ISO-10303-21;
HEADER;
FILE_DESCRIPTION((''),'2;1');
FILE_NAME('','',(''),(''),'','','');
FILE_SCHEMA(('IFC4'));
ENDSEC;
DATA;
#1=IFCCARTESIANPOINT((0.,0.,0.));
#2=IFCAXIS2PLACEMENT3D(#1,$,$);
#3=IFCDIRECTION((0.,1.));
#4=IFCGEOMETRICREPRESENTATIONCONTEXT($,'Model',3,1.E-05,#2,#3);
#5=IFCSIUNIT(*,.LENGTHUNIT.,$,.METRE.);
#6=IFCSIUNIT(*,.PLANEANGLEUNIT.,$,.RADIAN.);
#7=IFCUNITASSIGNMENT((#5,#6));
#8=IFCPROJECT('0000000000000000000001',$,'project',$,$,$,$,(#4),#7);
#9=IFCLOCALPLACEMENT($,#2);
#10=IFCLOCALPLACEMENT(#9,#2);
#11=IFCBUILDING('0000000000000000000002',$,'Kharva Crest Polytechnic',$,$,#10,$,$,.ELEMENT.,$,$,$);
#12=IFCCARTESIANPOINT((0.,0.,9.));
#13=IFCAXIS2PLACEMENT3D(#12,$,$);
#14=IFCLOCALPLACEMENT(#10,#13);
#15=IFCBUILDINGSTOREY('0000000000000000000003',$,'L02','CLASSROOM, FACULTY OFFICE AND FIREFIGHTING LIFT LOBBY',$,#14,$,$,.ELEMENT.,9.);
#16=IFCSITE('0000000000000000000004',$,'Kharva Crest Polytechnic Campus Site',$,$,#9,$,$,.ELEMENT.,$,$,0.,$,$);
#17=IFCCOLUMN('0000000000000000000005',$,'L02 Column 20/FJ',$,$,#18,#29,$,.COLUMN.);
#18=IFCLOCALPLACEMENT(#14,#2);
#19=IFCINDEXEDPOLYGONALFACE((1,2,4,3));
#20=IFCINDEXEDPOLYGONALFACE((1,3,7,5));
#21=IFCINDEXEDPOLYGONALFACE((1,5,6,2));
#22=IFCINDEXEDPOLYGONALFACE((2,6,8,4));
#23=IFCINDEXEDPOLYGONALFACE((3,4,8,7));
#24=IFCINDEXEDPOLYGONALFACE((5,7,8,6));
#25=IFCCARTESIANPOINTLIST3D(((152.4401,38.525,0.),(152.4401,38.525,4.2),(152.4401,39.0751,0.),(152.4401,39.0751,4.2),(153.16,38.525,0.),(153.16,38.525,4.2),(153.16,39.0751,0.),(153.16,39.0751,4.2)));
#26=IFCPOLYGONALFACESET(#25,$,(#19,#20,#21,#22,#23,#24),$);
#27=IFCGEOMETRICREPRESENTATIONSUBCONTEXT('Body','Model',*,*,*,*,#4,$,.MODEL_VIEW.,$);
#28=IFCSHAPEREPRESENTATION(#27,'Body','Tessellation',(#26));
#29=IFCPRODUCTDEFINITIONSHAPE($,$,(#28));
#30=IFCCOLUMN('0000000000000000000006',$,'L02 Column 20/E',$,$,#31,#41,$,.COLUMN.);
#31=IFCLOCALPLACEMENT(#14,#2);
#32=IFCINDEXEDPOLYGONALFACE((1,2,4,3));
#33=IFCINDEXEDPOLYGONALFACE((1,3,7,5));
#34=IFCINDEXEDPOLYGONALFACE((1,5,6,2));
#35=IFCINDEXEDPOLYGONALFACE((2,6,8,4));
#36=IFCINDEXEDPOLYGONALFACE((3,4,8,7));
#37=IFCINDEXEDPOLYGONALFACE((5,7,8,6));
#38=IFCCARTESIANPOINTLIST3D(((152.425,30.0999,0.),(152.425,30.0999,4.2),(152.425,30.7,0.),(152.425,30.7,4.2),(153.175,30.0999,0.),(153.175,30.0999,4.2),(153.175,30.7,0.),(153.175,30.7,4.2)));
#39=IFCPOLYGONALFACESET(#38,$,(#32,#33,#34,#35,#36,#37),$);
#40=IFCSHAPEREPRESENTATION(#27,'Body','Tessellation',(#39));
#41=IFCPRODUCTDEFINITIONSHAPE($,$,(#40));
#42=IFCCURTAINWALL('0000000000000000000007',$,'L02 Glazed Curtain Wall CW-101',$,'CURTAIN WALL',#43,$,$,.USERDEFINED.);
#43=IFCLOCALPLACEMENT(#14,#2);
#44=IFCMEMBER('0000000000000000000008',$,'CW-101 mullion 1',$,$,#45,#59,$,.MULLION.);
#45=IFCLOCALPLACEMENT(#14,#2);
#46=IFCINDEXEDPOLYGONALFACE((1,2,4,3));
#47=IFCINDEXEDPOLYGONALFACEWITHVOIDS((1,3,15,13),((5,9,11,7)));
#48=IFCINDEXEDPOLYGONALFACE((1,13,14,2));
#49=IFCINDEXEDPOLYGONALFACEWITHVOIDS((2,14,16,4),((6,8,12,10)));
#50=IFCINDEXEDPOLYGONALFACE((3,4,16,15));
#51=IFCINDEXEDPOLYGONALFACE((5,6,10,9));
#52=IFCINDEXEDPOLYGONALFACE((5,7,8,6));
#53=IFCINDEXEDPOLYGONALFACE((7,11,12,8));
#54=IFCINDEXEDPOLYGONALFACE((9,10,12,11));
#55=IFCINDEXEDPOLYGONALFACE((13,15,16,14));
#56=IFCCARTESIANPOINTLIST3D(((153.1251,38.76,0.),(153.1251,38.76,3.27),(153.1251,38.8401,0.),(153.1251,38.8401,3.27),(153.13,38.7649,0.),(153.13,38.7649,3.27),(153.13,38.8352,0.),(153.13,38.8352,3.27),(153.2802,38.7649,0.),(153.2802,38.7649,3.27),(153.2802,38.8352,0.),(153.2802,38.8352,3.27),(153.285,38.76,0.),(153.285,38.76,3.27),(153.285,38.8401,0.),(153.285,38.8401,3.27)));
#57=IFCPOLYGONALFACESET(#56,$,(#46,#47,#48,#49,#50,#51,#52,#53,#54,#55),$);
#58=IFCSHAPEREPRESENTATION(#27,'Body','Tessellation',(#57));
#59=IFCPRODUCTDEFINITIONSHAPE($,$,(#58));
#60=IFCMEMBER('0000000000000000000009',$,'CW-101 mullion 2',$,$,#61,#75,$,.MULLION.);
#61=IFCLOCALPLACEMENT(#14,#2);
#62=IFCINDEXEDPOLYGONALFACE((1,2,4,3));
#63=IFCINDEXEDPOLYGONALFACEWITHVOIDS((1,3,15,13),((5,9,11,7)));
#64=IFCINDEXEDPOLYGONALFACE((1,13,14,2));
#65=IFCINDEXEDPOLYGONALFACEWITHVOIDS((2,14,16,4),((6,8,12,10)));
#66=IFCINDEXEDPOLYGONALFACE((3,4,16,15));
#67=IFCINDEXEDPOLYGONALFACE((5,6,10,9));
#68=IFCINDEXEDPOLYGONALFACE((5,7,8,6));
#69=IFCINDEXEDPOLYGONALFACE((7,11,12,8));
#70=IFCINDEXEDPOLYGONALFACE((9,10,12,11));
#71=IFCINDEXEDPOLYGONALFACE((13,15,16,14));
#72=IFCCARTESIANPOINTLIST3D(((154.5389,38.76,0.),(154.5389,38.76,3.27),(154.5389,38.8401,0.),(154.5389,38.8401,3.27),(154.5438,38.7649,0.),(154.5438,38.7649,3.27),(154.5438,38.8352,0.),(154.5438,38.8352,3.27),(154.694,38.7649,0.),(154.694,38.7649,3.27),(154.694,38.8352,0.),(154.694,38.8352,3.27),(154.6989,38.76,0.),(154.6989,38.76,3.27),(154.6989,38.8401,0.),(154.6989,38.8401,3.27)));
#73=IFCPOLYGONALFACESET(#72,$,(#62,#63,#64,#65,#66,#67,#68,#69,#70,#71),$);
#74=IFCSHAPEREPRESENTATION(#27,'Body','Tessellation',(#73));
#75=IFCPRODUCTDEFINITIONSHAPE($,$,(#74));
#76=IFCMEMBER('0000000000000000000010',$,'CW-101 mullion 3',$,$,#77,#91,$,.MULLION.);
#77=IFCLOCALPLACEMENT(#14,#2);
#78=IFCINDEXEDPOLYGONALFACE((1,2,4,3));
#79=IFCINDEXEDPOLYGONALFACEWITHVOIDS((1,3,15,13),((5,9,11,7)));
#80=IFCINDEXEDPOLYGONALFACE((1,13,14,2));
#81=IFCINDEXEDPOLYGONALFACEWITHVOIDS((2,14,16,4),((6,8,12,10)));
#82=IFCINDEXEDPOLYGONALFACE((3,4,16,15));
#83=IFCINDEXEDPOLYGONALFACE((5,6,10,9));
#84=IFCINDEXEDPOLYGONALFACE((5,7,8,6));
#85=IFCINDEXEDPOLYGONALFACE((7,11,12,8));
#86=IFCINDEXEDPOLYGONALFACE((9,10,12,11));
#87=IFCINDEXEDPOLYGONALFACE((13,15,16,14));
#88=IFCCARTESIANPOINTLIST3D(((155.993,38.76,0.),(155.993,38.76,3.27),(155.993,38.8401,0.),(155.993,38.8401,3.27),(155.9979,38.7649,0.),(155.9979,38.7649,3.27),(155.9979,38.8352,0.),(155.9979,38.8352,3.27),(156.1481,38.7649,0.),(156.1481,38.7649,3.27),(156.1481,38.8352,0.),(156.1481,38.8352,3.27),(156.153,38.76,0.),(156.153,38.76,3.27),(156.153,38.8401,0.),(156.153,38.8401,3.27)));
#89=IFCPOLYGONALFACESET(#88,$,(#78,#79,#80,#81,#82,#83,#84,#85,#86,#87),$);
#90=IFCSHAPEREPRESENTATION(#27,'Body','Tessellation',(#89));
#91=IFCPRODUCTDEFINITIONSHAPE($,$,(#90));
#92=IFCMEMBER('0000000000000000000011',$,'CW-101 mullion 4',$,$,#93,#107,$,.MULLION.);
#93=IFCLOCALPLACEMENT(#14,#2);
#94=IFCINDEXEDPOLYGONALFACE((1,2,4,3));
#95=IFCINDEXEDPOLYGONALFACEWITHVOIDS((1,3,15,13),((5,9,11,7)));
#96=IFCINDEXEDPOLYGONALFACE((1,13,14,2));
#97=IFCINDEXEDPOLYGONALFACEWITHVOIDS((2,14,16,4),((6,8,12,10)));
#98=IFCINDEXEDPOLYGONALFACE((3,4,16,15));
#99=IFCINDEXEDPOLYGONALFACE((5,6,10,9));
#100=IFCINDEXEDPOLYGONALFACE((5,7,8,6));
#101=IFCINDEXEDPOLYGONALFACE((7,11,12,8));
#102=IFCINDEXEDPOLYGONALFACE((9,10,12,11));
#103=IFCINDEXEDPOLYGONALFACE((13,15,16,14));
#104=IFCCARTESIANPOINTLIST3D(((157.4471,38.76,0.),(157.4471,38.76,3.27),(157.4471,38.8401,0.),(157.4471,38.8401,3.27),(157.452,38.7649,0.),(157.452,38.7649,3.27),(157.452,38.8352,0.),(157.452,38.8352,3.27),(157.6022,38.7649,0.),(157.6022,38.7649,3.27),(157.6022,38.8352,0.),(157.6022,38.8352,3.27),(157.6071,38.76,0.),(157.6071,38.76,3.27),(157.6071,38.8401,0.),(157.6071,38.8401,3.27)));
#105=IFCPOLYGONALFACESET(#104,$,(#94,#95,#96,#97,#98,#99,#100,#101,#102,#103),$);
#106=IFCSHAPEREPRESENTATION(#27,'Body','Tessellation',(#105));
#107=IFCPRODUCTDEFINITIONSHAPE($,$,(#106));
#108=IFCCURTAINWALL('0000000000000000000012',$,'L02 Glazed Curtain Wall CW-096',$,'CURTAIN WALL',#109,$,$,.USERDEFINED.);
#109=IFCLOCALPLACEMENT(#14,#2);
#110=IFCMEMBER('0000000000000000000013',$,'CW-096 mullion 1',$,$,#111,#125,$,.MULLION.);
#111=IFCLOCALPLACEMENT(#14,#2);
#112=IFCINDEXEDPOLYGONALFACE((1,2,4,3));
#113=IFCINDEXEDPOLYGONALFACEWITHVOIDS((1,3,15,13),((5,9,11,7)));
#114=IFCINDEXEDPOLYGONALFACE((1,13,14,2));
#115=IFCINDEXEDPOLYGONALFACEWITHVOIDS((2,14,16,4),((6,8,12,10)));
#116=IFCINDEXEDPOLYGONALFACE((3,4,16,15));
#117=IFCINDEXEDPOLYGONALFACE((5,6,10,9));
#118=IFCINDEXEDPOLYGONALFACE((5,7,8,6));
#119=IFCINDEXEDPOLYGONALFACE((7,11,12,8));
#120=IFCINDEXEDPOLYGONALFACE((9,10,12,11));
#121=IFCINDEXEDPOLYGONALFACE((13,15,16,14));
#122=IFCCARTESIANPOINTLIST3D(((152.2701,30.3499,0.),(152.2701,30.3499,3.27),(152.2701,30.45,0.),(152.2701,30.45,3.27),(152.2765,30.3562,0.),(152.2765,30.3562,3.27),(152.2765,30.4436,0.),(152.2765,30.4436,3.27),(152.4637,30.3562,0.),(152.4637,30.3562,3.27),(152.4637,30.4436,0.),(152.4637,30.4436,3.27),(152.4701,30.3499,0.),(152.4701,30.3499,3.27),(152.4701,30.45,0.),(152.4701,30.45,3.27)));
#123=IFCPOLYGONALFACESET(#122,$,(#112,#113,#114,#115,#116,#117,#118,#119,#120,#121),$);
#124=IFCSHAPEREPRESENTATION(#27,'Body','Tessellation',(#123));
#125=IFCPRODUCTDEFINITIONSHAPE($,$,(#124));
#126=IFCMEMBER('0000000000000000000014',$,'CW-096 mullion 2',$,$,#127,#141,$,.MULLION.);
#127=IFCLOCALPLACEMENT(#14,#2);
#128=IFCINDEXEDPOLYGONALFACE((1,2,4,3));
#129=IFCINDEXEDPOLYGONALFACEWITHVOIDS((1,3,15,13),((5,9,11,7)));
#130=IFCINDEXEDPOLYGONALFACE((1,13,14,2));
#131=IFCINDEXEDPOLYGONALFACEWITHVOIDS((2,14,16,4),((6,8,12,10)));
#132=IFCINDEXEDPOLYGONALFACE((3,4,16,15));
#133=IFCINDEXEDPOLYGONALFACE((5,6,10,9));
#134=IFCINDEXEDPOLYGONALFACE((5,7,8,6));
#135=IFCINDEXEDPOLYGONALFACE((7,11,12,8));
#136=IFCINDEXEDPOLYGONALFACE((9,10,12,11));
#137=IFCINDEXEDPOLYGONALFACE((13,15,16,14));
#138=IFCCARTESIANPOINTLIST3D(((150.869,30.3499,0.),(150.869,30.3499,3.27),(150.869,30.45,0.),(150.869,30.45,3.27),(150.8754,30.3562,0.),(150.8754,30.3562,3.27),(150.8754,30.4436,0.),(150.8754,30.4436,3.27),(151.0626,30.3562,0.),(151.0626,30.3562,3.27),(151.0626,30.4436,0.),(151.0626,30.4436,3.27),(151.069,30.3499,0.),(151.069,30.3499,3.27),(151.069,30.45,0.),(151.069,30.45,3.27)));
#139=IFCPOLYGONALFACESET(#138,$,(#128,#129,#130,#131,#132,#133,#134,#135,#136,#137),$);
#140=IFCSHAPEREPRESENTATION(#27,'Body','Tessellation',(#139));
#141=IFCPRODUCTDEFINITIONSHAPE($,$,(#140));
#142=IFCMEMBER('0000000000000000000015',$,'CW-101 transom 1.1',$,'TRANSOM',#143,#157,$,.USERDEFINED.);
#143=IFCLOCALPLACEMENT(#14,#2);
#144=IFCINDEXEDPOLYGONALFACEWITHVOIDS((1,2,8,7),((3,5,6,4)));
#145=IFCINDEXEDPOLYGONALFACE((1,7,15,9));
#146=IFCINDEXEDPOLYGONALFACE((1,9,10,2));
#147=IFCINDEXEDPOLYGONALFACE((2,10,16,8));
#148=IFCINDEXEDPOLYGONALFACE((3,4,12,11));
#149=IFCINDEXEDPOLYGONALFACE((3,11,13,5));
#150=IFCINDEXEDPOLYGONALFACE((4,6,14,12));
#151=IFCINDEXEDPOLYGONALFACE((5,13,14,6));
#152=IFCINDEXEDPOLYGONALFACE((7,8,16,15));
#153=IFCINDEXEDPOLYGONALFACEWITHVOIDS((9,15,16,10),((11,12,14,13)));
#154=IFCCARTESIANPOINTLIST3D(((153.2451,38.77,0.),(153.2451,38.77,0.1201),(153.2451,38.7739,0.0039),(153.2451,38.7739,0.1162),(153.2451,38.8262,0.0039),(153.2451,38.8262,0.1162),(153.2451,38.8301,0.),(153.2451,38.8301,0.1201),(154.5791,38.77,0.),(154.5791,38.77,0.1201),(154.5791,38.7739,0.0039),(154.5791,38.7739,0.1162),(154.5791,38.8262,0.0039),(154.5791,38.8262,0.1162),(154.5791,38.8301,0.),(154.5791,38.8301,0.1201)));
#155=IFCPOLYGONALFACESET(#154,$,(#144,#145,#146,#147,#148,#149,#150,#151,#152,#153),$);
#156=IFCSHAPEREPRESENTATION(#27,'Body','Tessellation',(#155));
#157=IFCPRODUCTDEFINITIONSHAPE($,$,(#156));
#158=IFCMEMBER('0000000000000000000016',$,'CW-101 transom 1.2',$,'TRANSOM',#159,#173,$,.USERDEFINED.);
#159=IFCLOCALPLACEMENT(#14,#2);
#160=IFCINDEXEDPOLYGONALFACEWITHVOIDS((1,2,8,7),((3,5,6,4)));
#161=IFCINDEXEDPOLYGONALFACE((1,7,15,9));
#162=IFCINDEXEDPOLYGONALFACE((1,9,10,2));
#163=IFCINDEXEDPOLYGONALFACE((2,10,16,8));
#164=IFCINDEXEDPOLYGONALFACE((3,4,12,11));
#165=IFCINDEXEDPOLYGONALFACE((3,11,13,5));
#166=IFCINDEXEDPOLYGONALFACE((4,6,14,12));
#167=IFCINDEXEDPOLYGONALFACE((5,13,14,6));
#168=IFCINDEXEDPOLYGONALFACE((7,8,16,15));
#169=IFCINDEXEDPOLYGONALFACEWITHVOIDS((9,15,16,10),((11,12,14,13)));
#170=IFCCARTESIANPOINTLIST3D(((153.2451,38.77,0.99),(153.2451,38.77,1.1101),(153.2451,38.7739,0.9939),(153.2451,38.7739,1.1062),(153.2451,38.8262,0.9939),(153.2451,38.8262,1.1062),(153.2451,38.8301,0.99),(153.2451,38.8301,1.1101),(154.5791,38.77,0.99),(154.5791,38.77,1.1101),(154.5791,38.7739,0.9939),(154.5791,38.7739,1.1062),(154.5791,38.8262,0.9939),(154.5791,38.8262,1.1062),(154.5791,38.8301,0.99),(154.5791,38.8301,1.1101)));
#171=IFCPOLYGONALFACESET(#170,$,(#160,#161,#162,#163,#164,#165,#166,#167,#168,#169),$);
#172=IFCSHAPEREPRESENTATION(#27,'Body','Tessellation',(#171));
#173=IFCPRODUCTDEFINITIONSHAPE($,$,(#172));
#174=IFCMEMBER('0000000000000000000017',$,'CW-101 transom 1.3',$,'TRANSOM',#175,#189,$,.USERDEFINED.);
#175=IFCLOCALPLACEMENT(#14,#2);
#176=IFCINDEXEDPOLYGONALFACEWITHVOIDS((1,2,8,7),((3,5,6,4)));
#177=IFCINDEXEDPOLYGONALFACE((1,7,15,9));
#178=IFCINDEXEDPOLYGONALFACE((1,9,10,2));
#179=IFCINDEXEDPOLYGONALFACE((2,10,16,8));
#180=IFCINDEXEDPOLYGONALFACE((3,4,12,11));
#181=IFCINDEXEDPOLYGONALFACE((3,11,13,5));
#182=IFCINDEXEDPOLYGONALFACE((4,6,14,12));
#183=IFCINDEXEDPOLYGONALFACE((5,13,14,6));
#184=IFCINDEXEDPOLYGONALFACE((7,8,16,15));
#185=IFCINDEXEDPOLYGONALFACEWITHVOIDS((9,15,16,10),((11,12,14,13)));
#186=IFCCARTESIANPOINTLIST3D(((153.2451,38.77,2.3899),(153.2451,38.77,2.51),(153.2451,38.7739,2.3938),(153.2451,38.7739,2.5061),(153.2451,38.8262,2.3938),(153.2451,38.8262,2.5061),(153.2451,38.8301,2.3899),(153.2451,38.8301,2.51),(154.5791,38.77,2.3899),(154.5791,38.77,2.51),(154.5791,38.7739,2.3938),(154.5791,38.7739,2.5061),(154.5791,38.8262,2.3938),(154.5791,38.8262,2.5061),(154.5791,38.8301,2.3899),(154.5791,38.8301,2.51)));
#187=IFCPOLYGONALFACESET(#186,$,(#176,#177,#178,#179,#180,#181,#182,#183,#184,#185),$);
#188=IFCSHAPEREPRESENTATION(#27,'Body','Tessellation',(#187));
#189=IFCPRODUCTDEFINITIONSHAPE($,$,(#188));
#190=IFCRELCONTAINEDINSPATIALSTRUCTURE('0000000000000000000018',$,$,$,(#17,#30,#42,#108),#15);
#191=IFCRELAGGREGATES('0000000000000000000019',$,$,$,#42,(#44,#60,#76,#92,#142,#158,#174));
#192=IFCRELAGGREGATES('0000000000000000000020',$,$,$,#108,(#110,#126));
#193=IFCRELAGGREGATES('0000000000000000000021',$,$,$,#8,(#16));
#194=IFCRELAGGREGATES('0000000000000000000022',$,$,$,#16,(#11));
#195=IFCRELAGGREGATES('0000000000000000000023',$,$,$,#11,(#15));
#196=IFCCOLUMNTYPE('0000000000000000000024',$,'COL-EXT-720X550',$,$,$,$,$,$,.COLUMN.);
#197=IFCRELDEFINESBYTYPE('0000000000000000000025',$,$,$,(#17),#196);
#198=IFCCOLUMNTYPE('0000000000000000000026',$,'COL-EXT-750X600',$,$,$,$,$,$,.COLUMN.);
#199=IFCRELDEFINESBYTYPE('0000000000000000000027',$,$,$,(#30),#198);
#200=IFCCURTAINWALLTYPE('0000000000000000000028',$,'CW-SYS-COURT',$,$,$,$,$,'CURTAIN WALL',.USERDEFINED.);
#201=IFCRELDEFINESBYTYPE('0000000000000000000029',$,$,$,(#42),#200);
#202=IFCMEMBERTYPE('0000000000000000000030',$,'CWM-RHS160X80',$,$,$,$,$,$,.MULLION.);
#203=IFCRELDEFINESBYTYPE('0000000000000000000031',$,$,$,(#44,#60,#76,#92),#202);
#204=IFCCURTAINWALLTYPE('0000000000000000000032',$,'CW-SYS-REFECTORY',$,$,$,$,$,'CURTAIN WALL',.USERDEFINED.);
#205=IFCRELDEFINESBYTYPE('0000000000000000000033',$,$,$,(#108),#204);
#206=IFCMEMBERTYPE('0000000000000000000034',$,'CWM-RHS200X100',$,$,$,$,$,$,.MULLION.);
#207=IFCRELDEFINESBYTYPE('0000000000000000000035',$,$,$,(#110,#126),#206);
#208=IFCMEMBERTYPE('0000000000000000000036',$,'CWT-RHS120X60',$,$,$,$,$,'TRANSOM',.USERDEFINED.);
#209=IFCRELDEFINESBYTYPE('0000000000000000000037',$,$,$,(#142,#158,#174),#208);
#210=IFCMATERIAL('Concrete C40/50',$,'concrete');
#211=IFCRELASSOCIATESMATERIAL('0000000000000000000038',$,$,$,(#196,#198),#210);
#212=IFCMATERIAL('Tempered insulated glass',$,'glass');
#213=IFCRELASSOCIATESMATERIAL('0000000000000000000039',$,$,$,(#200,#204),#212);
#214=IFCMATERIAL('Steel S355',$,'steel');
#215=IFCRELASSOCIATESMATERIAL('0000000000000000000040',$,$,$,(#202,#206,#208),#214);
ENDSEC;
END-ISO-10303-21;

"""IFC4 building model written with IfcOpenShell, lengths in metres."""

from ifc_helpers import new_model, si_unit, direction, frame, origin, origin_2d, place, context, subcontext, project, spatial, rectangle, hollow_rectangle, extrude, material, material_profile, profile_set, type_object, element, aggregate, save


model = new_model("IFC4")

# Units and contexts
model_context = context("Model", 3, precision=1e-05, world=origin(), true_north=direction((0.0, 1.0)))
body_context = subcontext(model_context, "Body", "Model", "MODEL_VIEW")
ifc_project = project(units=[si_unit("LENGTHUNIT", "METRE"), si_unit("PLANEANGLEUNIT", "RADIAN")], contexts=[model_context])

# Site, building, storey
site_placement = place(None, origin())
site = spatial("IfcSite", under=ifc_project, at=site_placement, Name="Kharva Crest Polytechnic Campus Site", CompositionType="ELEMENT", RefElevation=0.0)
building_placement = place(site_placement, origin())
building = spatial("IfcBuilding", under=site, at=building_placement, Name="Kharva Crest Polytechnic", CompositionType="ELEMENT")
storey_placement = place(building_placement, frame((0.0, 0.0, 9.0)))
storey = spatial("IfcBuildingStorey", under=building, at=storey_placement, Name="L02", Description="CLASSROOM, FACULTY OFFICE AND FIREFIGHTING LIFT LOBBY", CompositionType="ELEMENT", Elevation=9.0)

# Columns
ifc_material_1 = material(Name="Concrete C40/50", Category="concrete")
ifc_material_profile_1 = material_profile(ifc_material_1, rectangle(XDim=0.72, YDim=0.55, at=origin_2d()), Name="RECT 720 X 550")
ifc_profile_set_1 = profile_set([ifc_material_profile_1], Name="Concrete C40/50")
column_type_1 = type_object("IfcColumnType", Name="COL-EXT-720X550", PredefinedType="COLUMN", material=ifc_profile_set_1)
column_1_placement = place(storey_placement, frame((152.8, 38.8, 0.0), z_axis=(0.0, 0.0, 1.0), x_axis=(1.0, 0.0, 0.0)))
element("IfcColumn", 1, at=column_1_placement, inside=storey, type_object=column_type_1, Name="L02 Column 20/FJ", PredefinedType="COLUMN", context=body_context, shape_type="SweptSolid", body=[
    extrude(rectangle(XDim=0.72, YDim=0.55, at=origin_2d()), origin(), (0.0, 0.0, 1.0), 4.2),
])
ifc_material_profile_2 = material_profile(ifc_material_1, rectangle(XDim=0.75, YDim=0.6001, at=origin_2d()), Name="RECT 750 X 600")
ifc_profile_set_2 = profile_set([ifc_material_profile_2], Name="Concrete C40/50")
column_type_2 = type_object("IfcColumnType", Name="COL-EXT-750X600", PredefinedType="COLUMN", material=ifc_profile_set_2)
column_2_placement = place(storey_placement, frame((152.8, 30.3999, 0.0), z_axis=(0.0, 0.0, 1.0), x_axis=(1.0, 0.0, 0.0)))
element("IfcColumn", 2, at=column_2_placement, inside=storey, type_object=column_type_2, Name="L02 Column 20/E", PredefinedType="COLUMN", context=body_context, shape_type="SweptSolid", body=[
    extrude(rectangle(XDim=0.75, YDim=0.6001, at=origin_2d()), origin(), (0.0, 0.0, 1.0), 4.2),
])

# Curtain walls, members
ifc_material_2 = material(Name="Tempered insulated glass", Category="glass")
curtain_wall_type_1 = type_object("IfcCurtainWallType", Name="CW-SYS-COURT", ElementType="CURTAIN WALL", PredefinedType="USERDEFINED", material=ifc_material_2)
curtain_wall_1_placement = place(storey_placement, origin())
curtain_wall_1 = element("IfcCurtainWall", 3, at=curtain_wall_1_placement, inside=storey, type_object=curtain_wall_type_1, Name="L02 Glazed Curtain Wall CW-101", ObjectType="CURTAIN WALL", PredefinedType="USERDEFINED")
ifc_material_3 = material(Name="Steel S355", Category="steel")
ifc_material_profile_3 = material_profile(ifc_material_3, hollow_rectangle(XDim=0.0801, YDim=0.1599, WallThickness=0.0049, at=origin_2d()), Name="RHS 160X80X5.0")
ifc_profile_set_3 = profile_set([ifc_material_profile_3], Name="Steel S355")
member_type_1 = type_object("IfcMemberType", Name="CWM-RHS160X80", PredefinedType="MULLION", material=ifc_profile_set_3)
member_1_placement = place(storey_placement, frame((153.2051, 38.8, 0.0), z_axis=(0.0, 0.0, 1.0), x_axis=(0.0, 1.0, 0.0)))
member_1 = element("IfcMember", 4, at=member_1_placement, type_object=member_type_1, Name="CW-101 mullion 1", PredefinedType="MULLION", context=body_context, shape_type="SweptSolid", body=[
    extrude(hollow_rectangle(XDim=0.0801, YDim=0.1599, WallThickness=0.0049, at=origin_2d()), origin(), (0.0, 0.0, 1.0), 3.27),
])
member_2_placement = place(storey_placement, frame((154.6189, 38.8, 0.0), z_axis=(0.0, 0.0, 1.0), x_axis=(0.0, 1.0, 0.0)))
member_2 = element("IfcMember", 5, at=member_2_placement, type_object=member_type_1, Name="CW-101 mullion 2", PredefinedType="MULLION", context=body_context, shape_type="SweptSolid", body=[
    extrude(hollow_rectangle(XDim=0.0801, YDim=0.1599, WallThickness=0.0049, at=origin_2d()), origin(), (0.0, 0.0, 1.0), 3.27),
])
member_3_placement = place(storey_placement, frame((156.073, 38.8, 0.0), z_axis=(0.0, 0.0, 1.0), x_axis=(0.0, 1.0, 0.0)))
member_3 = element("IfcMember", 6, at=member_3_placement, type_object=member_type_1, Name="CW-101 mullion 3", PredefinedType="MULLION", context=body_context, shape_type="SweptSolid", body=[
    extrude(hollow_rectangle(XDim=0.0801, YDim=0.1599, WallThickness=0.0049, at=origin_2d()), origin(), (0.0, 0.0, 1.0), 3.27),
])
member_4_placement = place(storey_placement, frame((157.5271, 38.8, 0.0), z_axis=(0.0, 0.0, 1.0), x_axis=(0.0, 1.0, 0.0)))
member_4 = element("IfcMember", 7, at=member_4_placement, type_object=member_type_1, Name="CW-101 mullion 4", PredefinedType="MULLION", context=body_context, shape_type="SweptSolid", body=[
    extrude(hollow_rectangle(XDim=0.0801, YDim=0.1599, WallThickness=0.0049, at=origin_2d()), origin(), (0.0, 0.0, 1.0), 3.27),
])
curtain_wall_type_2 = type_object("IfcCurtainWallType", Name="CW-SYS-REFECTORY", ElementType="CURTAIN WALL", PredefinedType="USERDEFINED", material=ifc_material_2)
curtain_wall_2_placement = place(storey_placement, origin())
curtain_wall_2 = element("IfcCurtainWall", 8, at=curtain_wall_2_placement, inside=storey, type_object=curtain_wall_type_2, Name="L02 Glazed Curtain Wall CW-096", ObjectType="CURTAIN WALL", PredefinedType="USERDEFINED")
ifc_material_profile_4 = material_profile(ifc_material_3, hollow_rectangle(XDim=0.1001, YDim=0.2, WallThickness=0.0063, at=origin_2d()), Name="RHS 200X100X6.3")
ifc_profile_set_4 = profile_set([ifc_material_profile_4], Name="Steel S355")
member_type_2 = type_object("IfcMemberType", Name="CWM-RHS200X100", PredefinedType="MULLION", material=ifc_profile_set_4)
member_5_placement = place(storey_placement, frame((152.3701, 30.3999, 0.0), z_axis=(0.0, 0.0, 1.0), x_axis=(0.0, -1.0, 0.0)))
member_5 = element("IfcMember", 9, at=member_5_placement, type_object=member_type_2, Name="CW-096 mullion 1", PredefinedType="MULLION", context=body_context, shape_type="SweptSolid", body=[
    extrude(hollow_rectangle(XDim=0.1001, YDim=0.2, WallThickness=0.0063, at=origin_2d()), origin(), (0.0, 0.0, 1.0), 3.27),
])
member_6_placement = place(storey_placement, frame((150.969, 30.3999, 0.0), z_axis=(0.0, 0.0, 1.0), x_axis=(0.0, -1.0, 0.0)))
member_6 = element("IfcMember", 10, at=member_6_placement, type_object=member_type_2, Name="CW-096 mullion 2", PredefinedType="MULLION", context=body_context, shape_type="SweptSolid", body=[
    extrude(hollow_rectangle(XDim=0.1001, YDim=0.2, WallThickness=0.0063, at=origin_2d()), origin(), (0.0, 0.0, 1.0), 3.27),
])

# Members
ifc_material_profile_5 = material_profile(ifc_material_3, hollow_rectangle(XDim=0.0601, YDim=0.1201, WallThickness=0.0039, at=origin_2d()), Name="RHS 120X60X4.0")
ifc_profile_set_5 = profile_set([ifc_material_profile_5], Name="Steel S355")
member_type_3 = type_object("IfcMemberType", Name="CWT-RHS120X60", ElementType="TRANSOM", PredefinedType="USERDEFINED", material=ifc_profile_set_5)
member_7_placement = place(storey_placement, frame((153.2451, 38.8, 0.0601), z_axis=(1.0, 0.0, 0.0), x_axis=(0.0, 1.0, 0.0)))
member_7 = element("IfcMember", 11, at=member_7_placement, type_object=member_type_3, Name="CW-101 transom 1.1", ObjectType="TRANSOM", PredefinedType="USERDEFINED", context=body_context, shape_type="SweptSolid", body=[
    extrude(hollow_rectangle(XDim=0.0601, YDim=0.1201, WallThickness=0.0039, at=origin_2d()), origin(), (0.0, 0.0, 1.0), 1.334),
])
member_8_placement = place(storey_placement, frame((153.2451, 38.8, 1.05), z_axis=(1.0, 0.0, 0.0), x_axis=(0.0, 1.0, 0.0)))
member_8 = element("IfcMember", 12, at=member_8_placement, type_object=member_type_3, Name="CW-101 transom 1.2", ObjectType="TRANSOM", PredefinedType="USERDEFINED", context=body_context, shape_type="SweptSolid", body=[
    extrude(hollow_rectangle(XDim=0.0601, YDim=0.1201, WallThickness=0.0039, at=origin_2d()), origin(), (0.0, 0.0, 1.0), 1.334),
])
member_9_placement = place(storey_placement, frame((153.2451, 38.8, 2.45), z_axis=(1.0, 0.0, 0.0), x_axis=(0.0, 1.0, 0.0)))
member_9 = element("IfcMember", 13, at=member_9_placement, type_object=member_type_3, Name="CW-101 transom 1.3", ObjectType="TRANSOM", PredefinedType="USERDEFINED", context=body_context, shape_type="SweptSolid", body=[
    extrude(hollow_rectangle(XDim=0.0601, YDim=0.1201, WallThickness=0.0039, at=origin_2d()), origin(), (0.0, 0.0, 1.0), 1.334),
])

aggregate(curtain_wall_1, [member_1, member_2, member_3, member_4, member_7, member_8, member_9])
aggregate(curtain_wall_2, [member_5, member_6])

save(model, "model.ifc")
